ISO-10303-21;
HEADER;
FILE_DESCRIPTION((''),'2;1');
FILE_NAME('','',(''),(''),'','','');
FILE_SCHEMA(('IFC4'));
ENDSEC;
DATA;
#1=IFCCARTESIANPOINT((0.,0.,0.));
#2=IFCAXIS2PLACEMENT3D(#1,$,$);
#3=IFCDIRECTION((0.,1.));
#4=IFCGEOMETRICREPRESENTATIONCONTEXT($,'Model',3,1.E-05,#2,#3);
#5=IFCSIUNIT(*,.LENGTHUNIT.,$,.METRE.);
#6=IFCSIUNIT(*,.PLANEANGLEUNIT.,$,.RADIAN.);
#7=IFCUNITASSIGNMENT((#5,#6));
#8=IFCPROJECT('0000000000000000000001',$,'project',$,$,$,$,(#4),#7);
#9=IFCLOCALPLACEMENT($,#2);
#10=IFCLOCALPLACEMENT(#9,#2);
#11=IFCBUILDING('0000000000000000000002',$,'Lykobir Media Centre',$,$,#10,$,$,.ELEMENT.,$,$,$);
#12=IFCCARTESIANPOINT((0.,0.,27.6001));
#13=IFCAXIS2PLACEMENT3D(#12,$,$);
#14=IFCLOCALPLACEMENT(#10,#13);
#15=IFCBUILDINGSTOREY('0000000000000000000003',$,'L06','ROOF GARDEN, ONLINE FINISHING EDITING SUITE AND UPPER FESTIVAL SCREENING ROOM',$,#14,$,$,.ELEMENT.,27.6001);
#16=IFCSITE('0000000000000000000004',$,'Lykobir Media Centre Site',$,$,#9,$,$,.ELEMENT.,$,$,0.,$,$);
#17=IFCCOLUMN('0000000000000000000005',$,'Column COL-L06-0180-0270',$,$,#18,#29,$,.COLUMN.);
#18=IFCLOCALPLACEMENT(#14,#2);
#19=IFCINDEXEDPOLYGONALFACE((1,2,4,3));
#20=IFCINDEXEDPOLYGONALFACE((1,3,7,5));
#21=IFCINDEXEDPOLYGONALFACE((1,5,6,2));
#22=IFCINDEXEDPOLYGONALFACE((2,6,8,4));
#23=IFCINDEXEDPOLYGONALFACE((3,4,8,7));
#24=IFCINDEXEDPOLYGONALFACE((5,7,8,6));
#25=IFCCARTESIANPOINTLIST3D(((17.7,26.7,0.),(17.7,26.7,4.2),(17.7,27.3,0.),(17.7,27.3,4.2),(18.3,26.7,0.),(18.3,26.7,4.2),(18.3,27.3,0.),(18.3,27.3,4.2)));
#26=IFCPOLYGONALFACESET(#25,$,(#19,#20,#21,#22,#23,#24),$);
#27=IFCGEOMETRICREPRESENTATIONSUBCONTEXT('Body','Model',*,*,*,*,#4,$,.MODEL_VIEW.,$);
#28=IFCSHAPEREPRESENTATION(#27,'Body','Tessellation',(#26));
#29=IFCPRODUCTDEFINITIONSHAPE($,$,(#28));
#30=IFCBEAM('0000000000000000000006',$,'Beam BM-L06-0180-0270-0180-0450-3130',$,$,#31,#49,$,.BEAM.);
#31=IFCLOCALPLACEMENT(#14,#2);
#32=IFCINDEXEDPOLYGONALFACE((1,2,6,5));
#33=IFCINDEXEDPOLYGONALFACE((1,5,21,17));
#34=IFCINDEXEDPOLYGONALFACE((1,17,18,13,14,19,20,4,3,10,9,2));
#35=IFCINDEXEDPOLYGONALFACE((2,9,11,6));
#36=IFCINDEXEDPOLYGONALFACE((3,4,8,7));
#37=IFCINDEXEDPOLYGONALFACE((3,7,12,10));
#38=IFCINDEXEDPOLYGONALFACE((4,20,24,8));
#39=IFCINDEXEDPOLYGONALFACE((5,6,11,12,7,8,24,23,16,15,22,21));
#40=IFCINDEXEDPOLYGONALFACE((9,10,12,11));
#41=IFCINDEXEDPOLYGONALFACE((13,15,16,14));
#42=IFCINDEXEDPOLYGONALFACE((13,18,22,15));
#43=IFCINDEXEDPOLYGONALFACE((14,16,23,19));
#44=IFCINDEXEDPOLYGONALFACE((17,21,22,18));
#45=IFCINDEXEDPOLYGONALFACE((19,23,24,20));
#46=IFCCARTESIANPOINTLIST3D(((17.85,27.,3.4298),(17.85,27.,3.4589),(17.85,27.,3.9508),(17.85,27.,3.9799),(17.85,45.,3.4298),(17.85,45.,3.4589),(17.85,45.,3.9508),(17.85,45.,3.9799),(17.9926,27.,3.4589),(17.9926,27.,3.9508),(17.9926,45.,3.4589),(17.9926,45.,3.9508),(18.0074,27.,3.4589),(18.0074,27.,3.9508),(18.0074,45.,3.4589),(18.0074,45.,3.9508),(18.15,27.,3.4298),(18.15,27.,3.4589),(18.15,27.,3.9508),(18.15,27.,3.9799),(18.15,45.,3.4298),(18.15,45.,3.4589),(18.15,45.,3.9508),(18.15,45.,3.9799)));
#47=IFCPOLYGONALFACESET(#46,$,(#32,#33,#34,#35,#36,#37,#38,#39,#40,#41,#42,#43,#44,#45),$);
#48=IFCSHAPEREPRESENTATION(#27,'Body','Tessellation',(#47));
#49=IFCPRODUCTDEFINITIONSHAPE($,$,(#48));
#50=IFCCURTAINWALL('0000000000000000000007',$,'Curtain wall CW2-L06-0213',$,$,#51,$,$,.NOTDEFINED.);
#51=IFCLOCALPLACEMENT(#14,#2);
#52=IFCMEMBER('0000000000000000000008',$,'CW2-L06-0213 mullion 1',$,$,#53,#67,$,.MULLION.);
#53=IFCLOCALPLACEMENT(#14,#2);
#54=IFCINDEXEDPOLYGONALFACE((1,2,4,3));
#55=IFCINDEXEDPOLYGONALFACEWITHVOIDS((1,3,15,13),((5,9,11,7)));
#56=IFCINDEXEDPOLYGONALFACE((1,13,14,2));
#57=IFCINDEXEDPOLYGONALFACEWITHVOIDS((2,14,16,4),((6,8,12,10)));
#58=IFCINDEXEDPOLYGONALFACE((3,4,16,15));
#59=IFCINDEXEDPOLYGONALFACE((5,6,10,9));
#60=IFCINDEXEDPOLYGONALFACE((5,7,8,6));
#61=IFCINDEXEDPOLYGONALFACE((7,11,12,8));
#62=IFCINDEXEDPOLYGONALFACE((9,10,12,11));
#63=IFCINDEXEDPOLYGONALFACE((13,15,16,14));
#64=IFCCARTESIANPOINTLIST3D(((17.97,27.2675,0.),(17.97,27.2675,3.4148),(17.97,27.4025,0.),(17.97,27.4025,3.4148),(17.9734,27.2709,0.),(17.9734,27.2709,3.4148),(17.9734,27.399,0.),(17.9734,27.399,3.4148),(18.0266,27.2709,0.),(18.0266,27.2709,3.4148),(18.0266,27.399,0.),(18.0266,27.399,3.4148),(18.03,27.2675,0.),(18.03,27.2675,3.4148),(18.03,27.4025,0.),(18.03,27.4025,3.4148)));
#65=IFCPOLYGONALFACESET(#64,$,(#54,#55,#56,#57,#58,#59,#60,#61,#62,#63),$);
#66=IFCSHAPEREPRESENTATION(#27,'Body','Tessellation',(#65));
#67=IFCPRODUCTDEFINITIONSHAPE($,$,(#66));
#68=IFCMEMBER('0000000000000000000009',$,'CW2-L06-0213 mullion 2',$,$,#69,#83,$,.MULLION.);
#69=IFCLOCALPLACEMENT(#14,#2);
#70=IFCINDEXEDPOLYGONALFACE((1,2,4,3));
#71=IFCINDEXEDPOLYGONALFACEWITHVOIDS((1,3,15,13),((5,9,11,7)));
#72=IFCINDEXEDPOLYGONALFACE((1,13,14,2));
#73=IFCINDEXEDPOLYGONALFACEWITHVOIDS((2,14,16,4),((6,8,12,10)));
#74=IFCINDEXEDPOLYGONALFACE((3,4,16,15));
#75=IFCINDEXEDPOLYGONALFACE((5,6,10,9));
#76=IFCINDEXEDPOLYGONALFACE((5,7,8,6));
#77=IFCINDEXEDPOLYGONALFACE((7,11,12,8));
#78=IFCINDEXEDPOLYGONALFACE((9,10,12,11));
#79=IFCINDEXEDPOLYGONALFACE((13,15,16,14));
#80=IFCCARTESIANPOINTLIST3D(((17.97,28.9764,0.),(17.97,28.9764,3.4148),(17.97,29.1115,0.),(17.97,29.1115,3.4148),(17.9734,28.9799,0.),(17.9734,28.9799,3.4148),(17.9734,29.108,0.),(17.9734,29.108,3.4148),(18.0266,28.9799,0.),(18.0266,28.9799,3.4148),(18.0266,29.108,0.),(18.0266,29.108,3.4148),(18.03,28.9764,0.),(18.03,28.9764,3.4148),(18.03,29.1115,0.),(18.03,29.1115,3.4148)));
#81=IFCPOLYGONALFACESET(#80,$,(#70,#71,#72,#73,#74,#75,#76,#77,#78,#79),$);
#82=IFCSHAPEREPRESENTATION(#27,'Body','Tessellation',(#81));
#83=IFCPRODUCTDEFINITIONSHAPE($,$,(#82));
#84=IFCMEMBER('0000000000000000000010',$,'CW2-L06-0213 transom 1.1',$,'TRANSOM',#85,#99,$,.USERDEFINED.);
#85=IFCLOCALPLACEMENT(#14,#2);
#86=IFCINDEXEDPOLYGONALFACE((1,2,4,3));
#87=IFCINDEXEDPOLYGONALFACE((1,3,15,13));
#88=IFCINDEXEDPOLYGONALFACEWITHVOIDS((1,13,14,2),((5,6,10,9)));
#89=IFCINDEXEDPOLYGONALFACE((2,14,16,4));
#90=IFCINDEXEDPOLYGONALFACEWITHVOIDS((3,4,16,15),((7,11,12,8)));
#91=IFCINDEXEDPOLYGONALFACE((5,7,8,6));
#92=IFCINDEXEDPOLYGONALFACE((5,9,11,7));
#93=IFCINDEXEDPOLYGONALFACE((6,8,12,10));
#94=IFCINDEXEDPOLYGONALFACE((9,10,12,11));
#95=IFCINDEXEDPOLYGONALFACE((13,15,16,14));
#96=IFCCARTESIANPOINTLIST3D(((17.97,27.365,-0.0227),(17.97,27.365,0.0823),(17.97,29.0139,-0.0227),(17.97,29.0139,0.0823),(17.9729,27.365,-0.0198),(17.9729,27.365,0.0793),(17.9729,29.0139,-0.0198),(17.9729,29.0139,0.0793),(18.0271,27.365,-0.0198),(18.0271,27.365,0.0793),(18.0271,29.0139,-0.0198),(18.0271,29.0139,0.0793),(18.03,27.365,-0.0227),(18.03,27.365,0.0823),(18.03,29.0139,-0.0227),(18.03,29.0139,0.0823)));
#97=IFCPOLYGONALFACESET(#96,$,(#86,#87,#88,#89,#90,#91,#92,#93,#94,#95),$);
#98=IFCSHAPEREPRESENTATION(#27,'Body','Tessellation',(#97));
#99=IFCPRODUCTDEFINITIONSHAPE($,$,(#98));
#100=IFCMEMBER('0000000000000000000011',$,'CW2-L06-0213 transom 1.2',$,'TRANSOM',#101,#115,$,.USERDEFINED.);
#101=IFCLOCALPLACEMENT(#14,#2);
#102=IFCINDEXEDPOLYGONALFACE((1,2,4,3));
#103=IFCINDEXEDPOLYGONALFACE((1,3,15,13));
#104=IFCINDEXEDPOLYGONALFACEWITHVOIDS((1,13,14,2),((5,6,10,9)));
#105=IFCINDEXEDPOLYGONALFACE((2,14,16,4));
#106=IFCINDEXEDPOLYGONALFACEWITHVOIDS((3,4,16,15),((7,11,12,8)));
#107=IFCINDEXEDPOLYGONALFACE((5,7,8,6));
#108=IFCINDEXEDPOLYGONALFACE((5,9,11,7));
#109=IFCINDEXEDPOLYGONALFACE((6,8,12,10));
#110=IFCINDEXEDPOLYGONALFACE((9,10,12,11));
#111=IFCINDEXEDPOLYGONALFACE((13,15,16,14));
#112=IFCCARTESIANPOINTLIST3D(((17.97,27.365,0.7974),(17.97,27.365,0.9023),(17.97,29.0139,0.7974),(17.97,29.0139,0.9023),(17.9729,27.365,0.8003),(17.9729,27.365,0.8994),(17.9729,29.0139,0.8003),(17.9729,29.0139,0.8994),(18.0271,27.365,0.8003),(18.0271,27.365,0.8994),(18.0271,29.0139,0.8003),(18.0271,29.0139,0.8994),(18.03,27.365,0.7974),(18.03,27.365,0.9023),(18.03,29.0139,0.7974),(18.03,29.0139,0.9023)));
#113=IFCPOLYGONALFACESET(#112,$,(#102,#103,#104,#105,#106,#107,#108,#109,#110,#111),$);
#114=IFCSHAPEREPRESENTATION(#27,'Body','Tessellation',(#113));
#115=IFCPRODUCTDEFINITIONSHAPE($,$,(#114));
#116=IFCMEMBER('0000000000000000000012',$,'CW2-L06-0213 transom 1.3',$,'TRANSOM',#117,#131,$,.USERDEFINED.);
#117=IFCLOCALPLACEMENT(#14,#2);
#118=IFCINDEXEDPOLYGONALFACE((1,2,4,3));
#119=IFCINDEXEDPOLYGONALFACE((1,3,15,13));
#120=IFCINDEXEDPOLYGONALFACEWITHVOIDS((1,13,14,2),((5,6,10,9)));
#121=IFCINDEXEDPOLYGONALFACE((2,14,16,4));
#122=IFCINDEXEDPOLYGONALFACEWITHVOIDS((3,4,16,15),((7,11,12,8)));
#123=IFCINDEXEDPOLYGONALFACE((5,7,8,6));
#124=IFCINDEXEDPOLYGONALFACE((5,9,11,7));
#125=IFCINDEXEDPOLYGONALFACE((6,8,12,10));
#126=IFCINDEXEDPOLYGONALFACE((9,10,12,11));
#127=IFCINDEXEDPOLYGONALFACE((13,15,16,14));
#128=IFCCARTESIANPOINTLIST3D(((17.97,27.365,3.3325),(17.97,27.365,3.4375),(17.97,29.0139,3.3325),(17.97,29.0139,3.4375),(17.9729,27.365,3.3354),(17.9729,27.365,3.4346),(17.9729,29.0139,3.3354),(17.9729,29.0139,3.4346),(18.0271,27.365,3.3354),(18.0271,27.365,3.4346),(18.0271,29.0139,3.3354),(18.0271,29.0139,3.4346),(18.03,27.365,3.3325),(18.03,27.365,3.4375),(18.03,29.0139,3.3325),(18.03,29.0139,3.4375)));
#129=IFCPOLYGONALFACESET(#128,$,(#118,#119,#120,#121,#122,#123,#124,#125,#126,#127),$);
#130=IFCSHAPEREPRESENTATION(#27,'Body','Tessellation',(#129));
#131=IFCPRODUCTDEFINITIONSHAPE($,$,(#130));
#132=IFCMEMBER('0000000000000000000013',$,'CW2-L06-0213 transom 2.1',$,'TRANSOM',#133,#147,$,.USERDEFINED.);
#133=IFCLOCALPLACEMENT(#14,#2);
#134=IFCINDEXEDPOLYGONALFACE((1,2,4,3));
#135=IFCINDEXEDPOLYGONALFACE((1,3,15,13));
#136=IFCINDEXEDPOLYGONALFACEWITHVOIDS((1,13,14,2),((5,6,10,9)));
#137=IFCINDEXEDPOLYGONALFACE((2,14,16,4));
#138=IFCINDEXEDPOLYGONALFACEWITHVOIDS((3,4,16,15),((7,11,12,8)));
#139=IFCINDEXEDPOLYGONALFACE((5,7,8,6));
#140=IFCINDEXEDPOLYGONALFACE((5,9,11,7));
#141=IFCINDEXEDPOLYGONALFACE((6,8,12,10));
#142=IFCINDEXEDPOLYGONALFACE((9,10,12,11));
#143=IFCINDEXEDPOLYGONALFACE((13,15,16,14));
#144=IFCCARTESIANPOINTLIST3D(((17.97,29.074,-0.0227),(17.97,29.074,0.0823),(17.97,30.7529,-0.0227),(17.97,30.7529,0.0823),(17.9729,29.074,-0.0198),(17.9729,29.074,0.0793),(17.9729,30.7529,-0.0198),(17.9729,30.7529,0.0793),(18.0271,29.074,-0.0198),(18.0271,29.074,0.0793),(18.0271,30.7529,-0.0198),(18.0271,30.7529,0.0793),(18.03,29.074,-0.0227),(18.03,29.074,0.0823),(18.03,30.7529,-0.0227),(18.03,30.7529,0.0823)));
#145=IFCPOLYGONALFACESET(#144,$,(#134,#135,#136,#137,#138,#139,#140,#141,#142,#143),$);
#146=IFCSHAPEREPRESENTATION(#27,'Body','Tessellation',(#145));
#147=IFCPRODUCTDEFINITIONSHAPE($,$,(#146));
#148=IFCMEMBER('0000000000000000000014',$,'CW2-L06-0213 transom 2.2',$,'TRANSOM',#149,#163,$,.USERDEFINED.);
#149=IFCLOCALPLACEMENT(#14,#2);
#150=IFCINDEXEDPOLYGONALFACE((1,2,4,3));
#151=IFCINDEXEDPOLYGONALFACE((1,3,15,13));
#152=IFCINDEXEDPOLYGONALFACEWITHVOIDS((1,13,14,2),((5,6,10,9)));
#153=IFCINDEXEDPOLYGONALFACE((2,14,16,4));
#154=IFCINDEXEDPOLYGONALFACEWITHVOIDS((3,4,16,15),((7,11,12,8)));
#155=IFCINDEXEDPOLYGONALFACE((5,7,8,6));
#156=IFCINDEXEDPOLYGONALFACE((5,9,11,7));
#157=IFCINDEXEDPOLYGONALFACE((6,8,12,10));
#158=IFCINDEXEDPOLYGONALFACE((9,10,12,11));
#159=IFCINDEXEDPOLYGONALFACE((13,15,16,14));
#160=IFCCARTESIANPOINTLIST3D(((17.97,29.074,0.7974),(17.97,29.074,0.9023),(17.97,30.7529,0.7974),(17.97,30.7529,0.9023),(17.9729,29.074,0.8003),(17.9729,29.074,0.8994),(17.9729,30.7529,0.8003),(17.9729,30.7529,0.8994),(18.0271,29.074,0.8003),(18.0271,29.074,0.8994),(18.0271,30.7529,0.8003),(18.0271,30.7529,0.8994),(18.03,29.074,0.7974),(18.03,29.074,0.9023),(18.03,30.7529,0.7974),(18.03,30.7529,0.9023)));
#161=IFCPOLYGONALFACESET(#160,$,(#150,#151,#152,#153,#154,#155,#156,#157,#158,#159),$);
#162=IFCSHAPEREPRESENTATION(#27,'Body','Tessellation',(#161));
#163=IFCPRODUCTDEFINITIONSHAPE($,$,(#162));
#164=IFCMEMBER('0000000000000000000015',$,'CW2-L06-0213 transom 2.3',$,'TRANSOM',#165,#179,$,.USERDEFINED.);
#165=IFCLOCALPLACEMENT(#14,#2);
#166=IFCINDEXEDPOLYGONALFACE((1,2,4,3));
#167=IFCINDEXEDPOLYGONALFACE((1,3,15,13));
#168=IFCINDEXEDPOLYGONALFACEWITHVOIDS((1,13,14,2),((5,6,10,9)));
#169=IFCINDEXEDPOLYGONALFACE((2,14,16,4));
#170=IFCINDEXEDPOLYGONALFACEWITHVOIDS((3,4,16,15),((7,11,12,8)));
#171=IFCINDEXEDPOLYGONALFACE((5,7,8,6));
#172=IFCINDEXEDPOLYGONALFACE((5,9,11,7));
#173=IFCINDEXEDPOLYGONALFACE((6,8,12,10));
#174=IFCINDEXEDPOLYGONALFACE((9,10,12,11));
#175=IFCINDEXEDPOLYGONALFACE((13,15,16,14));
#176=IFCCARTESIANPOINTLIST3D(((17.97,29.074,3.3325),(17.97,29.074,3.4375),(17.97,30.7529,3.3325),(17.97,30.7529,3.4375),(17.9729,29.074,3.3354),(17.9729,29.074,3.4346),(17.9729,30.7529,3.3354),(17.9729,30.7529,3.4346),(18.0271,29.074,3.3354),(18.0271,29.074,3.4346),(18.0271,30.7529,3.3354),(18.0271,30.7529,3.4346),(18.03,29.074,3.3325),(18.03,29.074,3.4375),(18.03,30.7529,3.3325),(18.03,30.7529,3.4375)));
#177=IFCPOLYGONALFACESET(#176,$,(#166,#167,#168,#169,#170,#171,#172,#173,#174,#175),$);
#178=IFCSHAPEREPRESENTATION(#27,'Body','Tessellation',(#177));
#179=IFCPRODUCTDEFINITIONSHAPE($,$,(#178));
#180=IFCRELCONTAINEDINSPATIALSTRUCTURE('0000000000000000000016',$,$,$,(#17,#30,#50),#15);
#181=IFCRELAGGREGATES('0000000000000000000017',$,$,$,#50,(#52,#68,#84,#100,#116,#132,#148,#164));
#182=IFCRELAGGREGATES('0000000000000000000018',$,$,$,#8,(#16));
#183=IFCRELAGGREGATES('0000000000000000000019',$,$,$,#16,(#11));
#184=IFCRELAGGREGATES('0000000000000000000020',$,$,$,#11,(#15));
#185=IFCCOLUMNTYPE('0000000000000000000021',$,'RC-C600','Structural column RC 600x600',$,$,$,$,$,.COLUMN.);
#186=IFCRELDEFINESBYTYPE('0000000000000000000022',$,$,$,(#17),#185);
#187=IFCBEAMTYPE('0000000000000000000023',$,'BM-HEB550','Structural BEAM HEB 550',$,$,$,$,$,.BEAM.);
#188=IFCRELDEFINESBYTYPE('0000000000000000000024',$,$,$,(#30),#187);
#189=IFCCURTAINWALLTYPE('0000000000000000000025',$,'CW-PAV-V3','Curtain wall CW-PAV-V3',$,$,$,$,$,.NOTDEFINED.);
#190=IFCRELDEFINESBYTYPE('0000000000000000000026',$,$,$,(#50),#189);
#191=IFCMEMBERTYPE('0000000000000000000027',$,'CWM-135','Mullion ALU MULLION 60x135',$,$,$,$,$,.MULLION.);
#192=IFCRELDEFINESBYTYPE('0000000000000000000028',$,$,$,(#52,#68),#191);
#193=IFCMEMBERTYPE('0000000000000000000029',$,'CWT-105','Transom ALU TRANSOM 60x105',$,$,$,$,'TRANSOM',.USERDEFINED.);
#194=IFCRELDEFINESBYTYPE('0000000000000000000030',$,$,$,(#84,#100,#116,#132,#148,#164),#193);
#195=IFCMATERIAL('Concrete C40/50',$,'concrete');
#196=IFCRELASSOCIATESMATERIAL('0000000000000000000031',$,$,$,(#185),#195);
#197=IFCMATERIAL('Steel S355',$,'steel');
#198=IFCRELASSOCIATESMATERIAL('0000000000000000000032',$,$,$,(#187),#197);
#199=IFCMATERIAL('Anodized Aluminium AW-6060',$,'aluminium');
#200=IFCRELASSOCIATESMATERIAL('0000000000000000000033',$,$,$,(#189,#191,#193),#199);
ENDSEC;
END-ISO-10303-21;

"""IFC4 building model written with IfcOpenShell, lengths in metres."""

from ifc_helpers import new_model, si_unit, direction, frame, origin, origin_2d, place, context, subcontext, project, spatial, rectangle, hollow_rectangle, i_section, extrude, material, material_profile, profile_set, type_object, element, aggregate, save


model = new_model("IFC4")

# Units and contexts
model_context = context("Model", 3, precision=1e-05, world=origin(), true_north=direction((0.0, 1.0)))
body_context = subcontext(model_context, "Body", "Model", "MODEL_VIEW")
ifc_project = project(units=[si_unit("LENGTHUNIT", "METRE"), si_unit("PLANEANGLEUNIT", "RADIAN")], contexts=[model_context])

# Site, building, storey
site_placement = place(None, origin())
site = spatial("IfcSite", under=ifc_project, at=site_placement, Name="Lykobir Media Centre Site", CompositionType="ELEMENT", RefElevation=0.0)
building_placement = place(site_placement, origin())
building = spatial("IfcBuilding", under=site, at=building_placement, Name="Lykobir Media Centre", CompositionType="ELEMENT")
storey_placement = place(building_placement, frame((0.0, 0.0, 27.6001)))
storey = spatial("IfcBuildingStorey", under=building, at=storey_placement, Name="L06", Description="ROOF GARDEN, ONLINE FINISHING EDITING SUITE AND UPPER FESTIVAL SCREENING ROOM", CompositionType="ELEMENT", Elevation=27.6001)

# Column
ifc_material_1 = material(Name="Concrete C40/50", Category="concrete")
ifc_material_profile_1 = material_profile(ifc_material_1, rectangle(XDim=0.6001, YDim=0.6001, at=origin_2d()), Name="RC 600x600")
ifc_profile_set_1 = profile_set([ifc_material_profile_1], Name="Concrete C40/50")
column_type = type_object("IfcColumnType", Name="RC-C600", Description="Structural column RC 600x600", PredefinedType="COLUMN", material=ifc_profile_set_1)
column_placement = place(storey_placement, frame((18.0, 27.0, 0.0), z_axis=(0.0, 0.0, 1.0), x_axis=(1.0, 0.0, 0.0)))
element("IfcColumn", 1, at=column_placement, inside=storey, type_object=column_type, Name="Column COL-L06-0180-0270", PredefinedType="COLUMN", context=body_context, shape_type="SweptSolid", body=[
    extrude(rectangle(XDim=0.6001, YDim=0.6001, at=origin_2d()), origin(), (0.0, 0.0, 1.0), 4.2),
])

# Beam
ifc_material_2 = material(Name="Steel S355", Category="steel")
ifc_material_profile_2 = material_profile(ifc_material_2, i_section(OverallWidth=0.3, OverallDepth=0.55, WebThickness=0.0149, FlangeThickness=0.0291, at=origin_2d()), Name="HEB 550")
ifc_profile_set_2 = profile_set([ifc_material_profile_2], Name="Steel S355")
beam_type_1 = type_object("IfcBeamType", Name="BM-HEB550", Description="Structural BEAM HEB 550", PredefinedType="BEAM", material=ifc_profile_set_2)
beam_1_placement = place(storey_placement, frame((18.0, 27.0, 3.7048), z_axis=(0.0, 1.0, 0.0), x_axis=(-1.0, 0.0, 0.0)))
element("IfcBeam", 2, at=beam_1_placement, inside=storey, type_object=beam_type_1, Name="Beam BM-L06-0180-0270-0180-0450-3130", PredefinedType="BEAM", context=body_context, shape_type="SweptSolid", body=[
    extrude(i_section(OverallWidth=0.3, OverallDepth=0.55, WebThickness=0.0149, FlangeThickness=0.0291, at=origin_2d()), origin(), (0.0, 0.0, 1.0), 18.0),
])

# Curtain wall, members
ifc_material_3 = material(Name="Anodized Aluminium AW-6060", Category="aluminium")
curtain_wall_type = type_object("IfcCurtainWallType", Name="CW-PAV-V3", Description="Curtain wall CW-PAV-V3", PredefinedType="NOTDEFINED", material=ifc_material_3)
curtain_wall_placement = place(storey_placement, origin())
curtain_wall = element("IfcCurtainWall", 3, at=curtain_wall_placement, inside=storey, type_object=curtain_wall_type, Name="Curtain wall CW2-L06-0213", PredefinedType="NOTDEFINED")
ifc_material_profile_3 = material_profile(ifc_material_3, hollow_rectangle(XDim=0.0601, YDim=0.135, WallThickness=0.0034, at=origin_2d()), Name="ALU MULLION 60x135")
ifc_profile_set_3 = profile_set([ifc_material_profile_3], Name="Anodized Aluminium AW-6060")
member_type_1 = type_object("IfcMemberType", Name="CWM-135", Description="Mullion ALU MULLION 60x135", PredefinedType="MULLION", material=ifc_profile_set_3)
member_1_placement = place(storey_placement, frame((18.0, 27.335, 0.0), z_axis=(0.0, 0.0, 1.0), x_axis=(-1.0, 0.0, 0.0)))
member_1 = element("IfcMember", 4, at=member_1_placement, type_object=member_type_1, Name="CW2-L06-0213 mullion 1", PredefinedType="MULLION", context=body_context, shape_type="SweptSolid", body=[
    extrude(hollow_rectangle(XDim=0.0601, YDim=0.135, WallThickness=0.0034, at=origin_2d()), origin(), (0.0, 0.0, 1.0), 3.4148),
])
member_2_placement = place(storey_placement, frame((18.0, 29.0439, 0.0), z_axis=(0.0, 0.0, 1.0), x_axis=(-1.0, 0.0, 0.0)))
member_2 = element("IfcMember", 5, at=member_2_placement, type_object=member_type_1, Name="CW2-L06-0213 mullion 2", PredefinedType="MULLION", context=body_context, shape_type="SweptSolid", body=[
    extrude(hollow_rectangle(XDim=0.0601, YDim=0.135, WallThickness=0.0034, at=origin_2d()), origin(), (0.0, 0.0, 1.0), 3.4148),
])
ifc_material_profile_4 = material_profile(ifc_material_3, hollow_rectangle(XDim=0.0601, YDim=0.105, WallThickness=0.0029, at=origin_2d()), Name="ALU TRANSOM 60x105")
ifc_profile_set_4 = profile_set([ifc_material_profile_4], Name="Anodized Aluminium AW-6060")
member_type_2 = type_object("IfcMemberType", Name="CWT-105", Description="Transom ALU TRANSOM 60x105", ElementType="TRANSOM", PredefinedType="USERDEFINED", material=ifc_profile_set_4)
member_3_placement = place(storey_placement, frame((18.0, 27.365, 0.0298), z_axis=(0.0, 1.0, 0.0), x_axis=(-1.0, 0.0, 0.0)))
member_3 = element("IfcMember", 6, at=member_3_placement, type_object=member_type_2, Name="CW2-L06-0213 transom 1.1", ObjectType="TRANSOM", PredefinedType="USERDEFINED", context=body_context, shape_type="SweptSolid", body=[
    extrude(hollow_rectangle(XDim=0.0601, YDim=0.105, WallThickness=0.0029, at=origin_2d()), origin(), (0.0, 0.0, 1.0), 1.6489),
])
member_4_placement = place(storey_placement, frame((18.0, 27.365, 0.8499), z_axis=(0.0, 1.0, 0.0), x_axis=(-1.0, 0.0, 0.0)))
member_4 = element("IfcMember", 7, at=member_4_placement, type_object=member_type_2, Name="CW2-L06-0213 transom 1.2", ObjectType="TRANSOM", PredefinedType="USERDEFINED", context=body_context, shape_type="SweptSolid", body=[
    extrude(hollow_rectangle(XDim=0.0601, YDim=0.105, WallThickness=0.0029, at=origin_2d()), origin(), (0.0, 0.0, 1.0), 1.6489),
])
member_5_placement = place(storey_placement, frame((18.0, 27.365, 3.385), z_axis=(0.0, 1.0, 0.0), x_axis=(-1.0, 0.0, 0.0)))
member_5 = element("IfcMember", 8, at=member_5_placement, type_object=member_type_2, Name="CW2-L06-0213 transom 1.3", ObjectType="TRANSOM", PredefinedType="USERDEFINED", context=body_context, shape_type="SweptSolid", body=[
    extrude(hollow_rectangle(XDim=0.0601, YDim=0.105, WallThickness=0.0029, at=origin_2d()), origin(), (0.0, 0.0, 1.0), 1.6489),
])
member_6_placement = place(storey_placement, frame((18.0, 29.074, 0.0298), z_axis=(0.0, 1.0, 0.0), x_axis=(-1.0, 0.0, 0.0)))
member_6 = element("IfcMember", 9, at=member_6_placement, type_object=member_type_2, Name="CW2-L06-0213 transom 2.1", ObjectType="TRANSOM", PredefinedType="USERDEFINED", context=body_context, shape_type="SweptSolid", body=[
    extrude(hollow_rectangle(XDim=0.0601, YDim=0.105, WallThickness=0.0029, at=origin_2d()), origin(), (0.0, 0.0, 1.0), 1.679),
])
member_7_placement = place(storey_placement, frame((18.0, 29.074, 0.8499), z_axis=(0.0, 1.0, 0.0), x_axis=(-1.0, 0.0, 0.0)))
member_7 = element("IfcMember", 10, at=member_7_placement, type_object=member_type_2, Name="CW2-L06-0213 transom 2.2", ObjectType="TRANSOM", PredefinedType="USERDEFINED", context=body_context, shape_type="SweptSolid", body=[
    extrude(hollow_rectangle(XDim=0.0601, YDim=0.105, WallThickness=0.0029, at=origin_2d()), origin(), (0.0, 0.0, 1.0), 1.679),
])
member_8_placement = place(storey_placement, frame((18.0, 29.074, 3.385), z_axis=(0.0, 1.0, 0.0), x_axis=(-1.0, 0.0, 0.0)))
member_8 = element("IfcMember", 11, at=member_8_placement, type_object=member_type_2, Name="CW2-L06-0213 transom 2.3", ObjectType="TRANSOM", PredefinedType="USERDEFINED", context=body_context, shape_type="SweptSolid", body=[
    extrude(hollow_rectangle(XDim=0.0601, YDim=0.105, WallThickness=0.0029, at=origin_2d()), origin(), (0.0, 0.0, 1.0), 1.679),
])

aggregate(curtain_wall, [member_1, member_2, member_3, member_4, member_5, member_6, member_7, member_8])

save(model, "model.ifc")
